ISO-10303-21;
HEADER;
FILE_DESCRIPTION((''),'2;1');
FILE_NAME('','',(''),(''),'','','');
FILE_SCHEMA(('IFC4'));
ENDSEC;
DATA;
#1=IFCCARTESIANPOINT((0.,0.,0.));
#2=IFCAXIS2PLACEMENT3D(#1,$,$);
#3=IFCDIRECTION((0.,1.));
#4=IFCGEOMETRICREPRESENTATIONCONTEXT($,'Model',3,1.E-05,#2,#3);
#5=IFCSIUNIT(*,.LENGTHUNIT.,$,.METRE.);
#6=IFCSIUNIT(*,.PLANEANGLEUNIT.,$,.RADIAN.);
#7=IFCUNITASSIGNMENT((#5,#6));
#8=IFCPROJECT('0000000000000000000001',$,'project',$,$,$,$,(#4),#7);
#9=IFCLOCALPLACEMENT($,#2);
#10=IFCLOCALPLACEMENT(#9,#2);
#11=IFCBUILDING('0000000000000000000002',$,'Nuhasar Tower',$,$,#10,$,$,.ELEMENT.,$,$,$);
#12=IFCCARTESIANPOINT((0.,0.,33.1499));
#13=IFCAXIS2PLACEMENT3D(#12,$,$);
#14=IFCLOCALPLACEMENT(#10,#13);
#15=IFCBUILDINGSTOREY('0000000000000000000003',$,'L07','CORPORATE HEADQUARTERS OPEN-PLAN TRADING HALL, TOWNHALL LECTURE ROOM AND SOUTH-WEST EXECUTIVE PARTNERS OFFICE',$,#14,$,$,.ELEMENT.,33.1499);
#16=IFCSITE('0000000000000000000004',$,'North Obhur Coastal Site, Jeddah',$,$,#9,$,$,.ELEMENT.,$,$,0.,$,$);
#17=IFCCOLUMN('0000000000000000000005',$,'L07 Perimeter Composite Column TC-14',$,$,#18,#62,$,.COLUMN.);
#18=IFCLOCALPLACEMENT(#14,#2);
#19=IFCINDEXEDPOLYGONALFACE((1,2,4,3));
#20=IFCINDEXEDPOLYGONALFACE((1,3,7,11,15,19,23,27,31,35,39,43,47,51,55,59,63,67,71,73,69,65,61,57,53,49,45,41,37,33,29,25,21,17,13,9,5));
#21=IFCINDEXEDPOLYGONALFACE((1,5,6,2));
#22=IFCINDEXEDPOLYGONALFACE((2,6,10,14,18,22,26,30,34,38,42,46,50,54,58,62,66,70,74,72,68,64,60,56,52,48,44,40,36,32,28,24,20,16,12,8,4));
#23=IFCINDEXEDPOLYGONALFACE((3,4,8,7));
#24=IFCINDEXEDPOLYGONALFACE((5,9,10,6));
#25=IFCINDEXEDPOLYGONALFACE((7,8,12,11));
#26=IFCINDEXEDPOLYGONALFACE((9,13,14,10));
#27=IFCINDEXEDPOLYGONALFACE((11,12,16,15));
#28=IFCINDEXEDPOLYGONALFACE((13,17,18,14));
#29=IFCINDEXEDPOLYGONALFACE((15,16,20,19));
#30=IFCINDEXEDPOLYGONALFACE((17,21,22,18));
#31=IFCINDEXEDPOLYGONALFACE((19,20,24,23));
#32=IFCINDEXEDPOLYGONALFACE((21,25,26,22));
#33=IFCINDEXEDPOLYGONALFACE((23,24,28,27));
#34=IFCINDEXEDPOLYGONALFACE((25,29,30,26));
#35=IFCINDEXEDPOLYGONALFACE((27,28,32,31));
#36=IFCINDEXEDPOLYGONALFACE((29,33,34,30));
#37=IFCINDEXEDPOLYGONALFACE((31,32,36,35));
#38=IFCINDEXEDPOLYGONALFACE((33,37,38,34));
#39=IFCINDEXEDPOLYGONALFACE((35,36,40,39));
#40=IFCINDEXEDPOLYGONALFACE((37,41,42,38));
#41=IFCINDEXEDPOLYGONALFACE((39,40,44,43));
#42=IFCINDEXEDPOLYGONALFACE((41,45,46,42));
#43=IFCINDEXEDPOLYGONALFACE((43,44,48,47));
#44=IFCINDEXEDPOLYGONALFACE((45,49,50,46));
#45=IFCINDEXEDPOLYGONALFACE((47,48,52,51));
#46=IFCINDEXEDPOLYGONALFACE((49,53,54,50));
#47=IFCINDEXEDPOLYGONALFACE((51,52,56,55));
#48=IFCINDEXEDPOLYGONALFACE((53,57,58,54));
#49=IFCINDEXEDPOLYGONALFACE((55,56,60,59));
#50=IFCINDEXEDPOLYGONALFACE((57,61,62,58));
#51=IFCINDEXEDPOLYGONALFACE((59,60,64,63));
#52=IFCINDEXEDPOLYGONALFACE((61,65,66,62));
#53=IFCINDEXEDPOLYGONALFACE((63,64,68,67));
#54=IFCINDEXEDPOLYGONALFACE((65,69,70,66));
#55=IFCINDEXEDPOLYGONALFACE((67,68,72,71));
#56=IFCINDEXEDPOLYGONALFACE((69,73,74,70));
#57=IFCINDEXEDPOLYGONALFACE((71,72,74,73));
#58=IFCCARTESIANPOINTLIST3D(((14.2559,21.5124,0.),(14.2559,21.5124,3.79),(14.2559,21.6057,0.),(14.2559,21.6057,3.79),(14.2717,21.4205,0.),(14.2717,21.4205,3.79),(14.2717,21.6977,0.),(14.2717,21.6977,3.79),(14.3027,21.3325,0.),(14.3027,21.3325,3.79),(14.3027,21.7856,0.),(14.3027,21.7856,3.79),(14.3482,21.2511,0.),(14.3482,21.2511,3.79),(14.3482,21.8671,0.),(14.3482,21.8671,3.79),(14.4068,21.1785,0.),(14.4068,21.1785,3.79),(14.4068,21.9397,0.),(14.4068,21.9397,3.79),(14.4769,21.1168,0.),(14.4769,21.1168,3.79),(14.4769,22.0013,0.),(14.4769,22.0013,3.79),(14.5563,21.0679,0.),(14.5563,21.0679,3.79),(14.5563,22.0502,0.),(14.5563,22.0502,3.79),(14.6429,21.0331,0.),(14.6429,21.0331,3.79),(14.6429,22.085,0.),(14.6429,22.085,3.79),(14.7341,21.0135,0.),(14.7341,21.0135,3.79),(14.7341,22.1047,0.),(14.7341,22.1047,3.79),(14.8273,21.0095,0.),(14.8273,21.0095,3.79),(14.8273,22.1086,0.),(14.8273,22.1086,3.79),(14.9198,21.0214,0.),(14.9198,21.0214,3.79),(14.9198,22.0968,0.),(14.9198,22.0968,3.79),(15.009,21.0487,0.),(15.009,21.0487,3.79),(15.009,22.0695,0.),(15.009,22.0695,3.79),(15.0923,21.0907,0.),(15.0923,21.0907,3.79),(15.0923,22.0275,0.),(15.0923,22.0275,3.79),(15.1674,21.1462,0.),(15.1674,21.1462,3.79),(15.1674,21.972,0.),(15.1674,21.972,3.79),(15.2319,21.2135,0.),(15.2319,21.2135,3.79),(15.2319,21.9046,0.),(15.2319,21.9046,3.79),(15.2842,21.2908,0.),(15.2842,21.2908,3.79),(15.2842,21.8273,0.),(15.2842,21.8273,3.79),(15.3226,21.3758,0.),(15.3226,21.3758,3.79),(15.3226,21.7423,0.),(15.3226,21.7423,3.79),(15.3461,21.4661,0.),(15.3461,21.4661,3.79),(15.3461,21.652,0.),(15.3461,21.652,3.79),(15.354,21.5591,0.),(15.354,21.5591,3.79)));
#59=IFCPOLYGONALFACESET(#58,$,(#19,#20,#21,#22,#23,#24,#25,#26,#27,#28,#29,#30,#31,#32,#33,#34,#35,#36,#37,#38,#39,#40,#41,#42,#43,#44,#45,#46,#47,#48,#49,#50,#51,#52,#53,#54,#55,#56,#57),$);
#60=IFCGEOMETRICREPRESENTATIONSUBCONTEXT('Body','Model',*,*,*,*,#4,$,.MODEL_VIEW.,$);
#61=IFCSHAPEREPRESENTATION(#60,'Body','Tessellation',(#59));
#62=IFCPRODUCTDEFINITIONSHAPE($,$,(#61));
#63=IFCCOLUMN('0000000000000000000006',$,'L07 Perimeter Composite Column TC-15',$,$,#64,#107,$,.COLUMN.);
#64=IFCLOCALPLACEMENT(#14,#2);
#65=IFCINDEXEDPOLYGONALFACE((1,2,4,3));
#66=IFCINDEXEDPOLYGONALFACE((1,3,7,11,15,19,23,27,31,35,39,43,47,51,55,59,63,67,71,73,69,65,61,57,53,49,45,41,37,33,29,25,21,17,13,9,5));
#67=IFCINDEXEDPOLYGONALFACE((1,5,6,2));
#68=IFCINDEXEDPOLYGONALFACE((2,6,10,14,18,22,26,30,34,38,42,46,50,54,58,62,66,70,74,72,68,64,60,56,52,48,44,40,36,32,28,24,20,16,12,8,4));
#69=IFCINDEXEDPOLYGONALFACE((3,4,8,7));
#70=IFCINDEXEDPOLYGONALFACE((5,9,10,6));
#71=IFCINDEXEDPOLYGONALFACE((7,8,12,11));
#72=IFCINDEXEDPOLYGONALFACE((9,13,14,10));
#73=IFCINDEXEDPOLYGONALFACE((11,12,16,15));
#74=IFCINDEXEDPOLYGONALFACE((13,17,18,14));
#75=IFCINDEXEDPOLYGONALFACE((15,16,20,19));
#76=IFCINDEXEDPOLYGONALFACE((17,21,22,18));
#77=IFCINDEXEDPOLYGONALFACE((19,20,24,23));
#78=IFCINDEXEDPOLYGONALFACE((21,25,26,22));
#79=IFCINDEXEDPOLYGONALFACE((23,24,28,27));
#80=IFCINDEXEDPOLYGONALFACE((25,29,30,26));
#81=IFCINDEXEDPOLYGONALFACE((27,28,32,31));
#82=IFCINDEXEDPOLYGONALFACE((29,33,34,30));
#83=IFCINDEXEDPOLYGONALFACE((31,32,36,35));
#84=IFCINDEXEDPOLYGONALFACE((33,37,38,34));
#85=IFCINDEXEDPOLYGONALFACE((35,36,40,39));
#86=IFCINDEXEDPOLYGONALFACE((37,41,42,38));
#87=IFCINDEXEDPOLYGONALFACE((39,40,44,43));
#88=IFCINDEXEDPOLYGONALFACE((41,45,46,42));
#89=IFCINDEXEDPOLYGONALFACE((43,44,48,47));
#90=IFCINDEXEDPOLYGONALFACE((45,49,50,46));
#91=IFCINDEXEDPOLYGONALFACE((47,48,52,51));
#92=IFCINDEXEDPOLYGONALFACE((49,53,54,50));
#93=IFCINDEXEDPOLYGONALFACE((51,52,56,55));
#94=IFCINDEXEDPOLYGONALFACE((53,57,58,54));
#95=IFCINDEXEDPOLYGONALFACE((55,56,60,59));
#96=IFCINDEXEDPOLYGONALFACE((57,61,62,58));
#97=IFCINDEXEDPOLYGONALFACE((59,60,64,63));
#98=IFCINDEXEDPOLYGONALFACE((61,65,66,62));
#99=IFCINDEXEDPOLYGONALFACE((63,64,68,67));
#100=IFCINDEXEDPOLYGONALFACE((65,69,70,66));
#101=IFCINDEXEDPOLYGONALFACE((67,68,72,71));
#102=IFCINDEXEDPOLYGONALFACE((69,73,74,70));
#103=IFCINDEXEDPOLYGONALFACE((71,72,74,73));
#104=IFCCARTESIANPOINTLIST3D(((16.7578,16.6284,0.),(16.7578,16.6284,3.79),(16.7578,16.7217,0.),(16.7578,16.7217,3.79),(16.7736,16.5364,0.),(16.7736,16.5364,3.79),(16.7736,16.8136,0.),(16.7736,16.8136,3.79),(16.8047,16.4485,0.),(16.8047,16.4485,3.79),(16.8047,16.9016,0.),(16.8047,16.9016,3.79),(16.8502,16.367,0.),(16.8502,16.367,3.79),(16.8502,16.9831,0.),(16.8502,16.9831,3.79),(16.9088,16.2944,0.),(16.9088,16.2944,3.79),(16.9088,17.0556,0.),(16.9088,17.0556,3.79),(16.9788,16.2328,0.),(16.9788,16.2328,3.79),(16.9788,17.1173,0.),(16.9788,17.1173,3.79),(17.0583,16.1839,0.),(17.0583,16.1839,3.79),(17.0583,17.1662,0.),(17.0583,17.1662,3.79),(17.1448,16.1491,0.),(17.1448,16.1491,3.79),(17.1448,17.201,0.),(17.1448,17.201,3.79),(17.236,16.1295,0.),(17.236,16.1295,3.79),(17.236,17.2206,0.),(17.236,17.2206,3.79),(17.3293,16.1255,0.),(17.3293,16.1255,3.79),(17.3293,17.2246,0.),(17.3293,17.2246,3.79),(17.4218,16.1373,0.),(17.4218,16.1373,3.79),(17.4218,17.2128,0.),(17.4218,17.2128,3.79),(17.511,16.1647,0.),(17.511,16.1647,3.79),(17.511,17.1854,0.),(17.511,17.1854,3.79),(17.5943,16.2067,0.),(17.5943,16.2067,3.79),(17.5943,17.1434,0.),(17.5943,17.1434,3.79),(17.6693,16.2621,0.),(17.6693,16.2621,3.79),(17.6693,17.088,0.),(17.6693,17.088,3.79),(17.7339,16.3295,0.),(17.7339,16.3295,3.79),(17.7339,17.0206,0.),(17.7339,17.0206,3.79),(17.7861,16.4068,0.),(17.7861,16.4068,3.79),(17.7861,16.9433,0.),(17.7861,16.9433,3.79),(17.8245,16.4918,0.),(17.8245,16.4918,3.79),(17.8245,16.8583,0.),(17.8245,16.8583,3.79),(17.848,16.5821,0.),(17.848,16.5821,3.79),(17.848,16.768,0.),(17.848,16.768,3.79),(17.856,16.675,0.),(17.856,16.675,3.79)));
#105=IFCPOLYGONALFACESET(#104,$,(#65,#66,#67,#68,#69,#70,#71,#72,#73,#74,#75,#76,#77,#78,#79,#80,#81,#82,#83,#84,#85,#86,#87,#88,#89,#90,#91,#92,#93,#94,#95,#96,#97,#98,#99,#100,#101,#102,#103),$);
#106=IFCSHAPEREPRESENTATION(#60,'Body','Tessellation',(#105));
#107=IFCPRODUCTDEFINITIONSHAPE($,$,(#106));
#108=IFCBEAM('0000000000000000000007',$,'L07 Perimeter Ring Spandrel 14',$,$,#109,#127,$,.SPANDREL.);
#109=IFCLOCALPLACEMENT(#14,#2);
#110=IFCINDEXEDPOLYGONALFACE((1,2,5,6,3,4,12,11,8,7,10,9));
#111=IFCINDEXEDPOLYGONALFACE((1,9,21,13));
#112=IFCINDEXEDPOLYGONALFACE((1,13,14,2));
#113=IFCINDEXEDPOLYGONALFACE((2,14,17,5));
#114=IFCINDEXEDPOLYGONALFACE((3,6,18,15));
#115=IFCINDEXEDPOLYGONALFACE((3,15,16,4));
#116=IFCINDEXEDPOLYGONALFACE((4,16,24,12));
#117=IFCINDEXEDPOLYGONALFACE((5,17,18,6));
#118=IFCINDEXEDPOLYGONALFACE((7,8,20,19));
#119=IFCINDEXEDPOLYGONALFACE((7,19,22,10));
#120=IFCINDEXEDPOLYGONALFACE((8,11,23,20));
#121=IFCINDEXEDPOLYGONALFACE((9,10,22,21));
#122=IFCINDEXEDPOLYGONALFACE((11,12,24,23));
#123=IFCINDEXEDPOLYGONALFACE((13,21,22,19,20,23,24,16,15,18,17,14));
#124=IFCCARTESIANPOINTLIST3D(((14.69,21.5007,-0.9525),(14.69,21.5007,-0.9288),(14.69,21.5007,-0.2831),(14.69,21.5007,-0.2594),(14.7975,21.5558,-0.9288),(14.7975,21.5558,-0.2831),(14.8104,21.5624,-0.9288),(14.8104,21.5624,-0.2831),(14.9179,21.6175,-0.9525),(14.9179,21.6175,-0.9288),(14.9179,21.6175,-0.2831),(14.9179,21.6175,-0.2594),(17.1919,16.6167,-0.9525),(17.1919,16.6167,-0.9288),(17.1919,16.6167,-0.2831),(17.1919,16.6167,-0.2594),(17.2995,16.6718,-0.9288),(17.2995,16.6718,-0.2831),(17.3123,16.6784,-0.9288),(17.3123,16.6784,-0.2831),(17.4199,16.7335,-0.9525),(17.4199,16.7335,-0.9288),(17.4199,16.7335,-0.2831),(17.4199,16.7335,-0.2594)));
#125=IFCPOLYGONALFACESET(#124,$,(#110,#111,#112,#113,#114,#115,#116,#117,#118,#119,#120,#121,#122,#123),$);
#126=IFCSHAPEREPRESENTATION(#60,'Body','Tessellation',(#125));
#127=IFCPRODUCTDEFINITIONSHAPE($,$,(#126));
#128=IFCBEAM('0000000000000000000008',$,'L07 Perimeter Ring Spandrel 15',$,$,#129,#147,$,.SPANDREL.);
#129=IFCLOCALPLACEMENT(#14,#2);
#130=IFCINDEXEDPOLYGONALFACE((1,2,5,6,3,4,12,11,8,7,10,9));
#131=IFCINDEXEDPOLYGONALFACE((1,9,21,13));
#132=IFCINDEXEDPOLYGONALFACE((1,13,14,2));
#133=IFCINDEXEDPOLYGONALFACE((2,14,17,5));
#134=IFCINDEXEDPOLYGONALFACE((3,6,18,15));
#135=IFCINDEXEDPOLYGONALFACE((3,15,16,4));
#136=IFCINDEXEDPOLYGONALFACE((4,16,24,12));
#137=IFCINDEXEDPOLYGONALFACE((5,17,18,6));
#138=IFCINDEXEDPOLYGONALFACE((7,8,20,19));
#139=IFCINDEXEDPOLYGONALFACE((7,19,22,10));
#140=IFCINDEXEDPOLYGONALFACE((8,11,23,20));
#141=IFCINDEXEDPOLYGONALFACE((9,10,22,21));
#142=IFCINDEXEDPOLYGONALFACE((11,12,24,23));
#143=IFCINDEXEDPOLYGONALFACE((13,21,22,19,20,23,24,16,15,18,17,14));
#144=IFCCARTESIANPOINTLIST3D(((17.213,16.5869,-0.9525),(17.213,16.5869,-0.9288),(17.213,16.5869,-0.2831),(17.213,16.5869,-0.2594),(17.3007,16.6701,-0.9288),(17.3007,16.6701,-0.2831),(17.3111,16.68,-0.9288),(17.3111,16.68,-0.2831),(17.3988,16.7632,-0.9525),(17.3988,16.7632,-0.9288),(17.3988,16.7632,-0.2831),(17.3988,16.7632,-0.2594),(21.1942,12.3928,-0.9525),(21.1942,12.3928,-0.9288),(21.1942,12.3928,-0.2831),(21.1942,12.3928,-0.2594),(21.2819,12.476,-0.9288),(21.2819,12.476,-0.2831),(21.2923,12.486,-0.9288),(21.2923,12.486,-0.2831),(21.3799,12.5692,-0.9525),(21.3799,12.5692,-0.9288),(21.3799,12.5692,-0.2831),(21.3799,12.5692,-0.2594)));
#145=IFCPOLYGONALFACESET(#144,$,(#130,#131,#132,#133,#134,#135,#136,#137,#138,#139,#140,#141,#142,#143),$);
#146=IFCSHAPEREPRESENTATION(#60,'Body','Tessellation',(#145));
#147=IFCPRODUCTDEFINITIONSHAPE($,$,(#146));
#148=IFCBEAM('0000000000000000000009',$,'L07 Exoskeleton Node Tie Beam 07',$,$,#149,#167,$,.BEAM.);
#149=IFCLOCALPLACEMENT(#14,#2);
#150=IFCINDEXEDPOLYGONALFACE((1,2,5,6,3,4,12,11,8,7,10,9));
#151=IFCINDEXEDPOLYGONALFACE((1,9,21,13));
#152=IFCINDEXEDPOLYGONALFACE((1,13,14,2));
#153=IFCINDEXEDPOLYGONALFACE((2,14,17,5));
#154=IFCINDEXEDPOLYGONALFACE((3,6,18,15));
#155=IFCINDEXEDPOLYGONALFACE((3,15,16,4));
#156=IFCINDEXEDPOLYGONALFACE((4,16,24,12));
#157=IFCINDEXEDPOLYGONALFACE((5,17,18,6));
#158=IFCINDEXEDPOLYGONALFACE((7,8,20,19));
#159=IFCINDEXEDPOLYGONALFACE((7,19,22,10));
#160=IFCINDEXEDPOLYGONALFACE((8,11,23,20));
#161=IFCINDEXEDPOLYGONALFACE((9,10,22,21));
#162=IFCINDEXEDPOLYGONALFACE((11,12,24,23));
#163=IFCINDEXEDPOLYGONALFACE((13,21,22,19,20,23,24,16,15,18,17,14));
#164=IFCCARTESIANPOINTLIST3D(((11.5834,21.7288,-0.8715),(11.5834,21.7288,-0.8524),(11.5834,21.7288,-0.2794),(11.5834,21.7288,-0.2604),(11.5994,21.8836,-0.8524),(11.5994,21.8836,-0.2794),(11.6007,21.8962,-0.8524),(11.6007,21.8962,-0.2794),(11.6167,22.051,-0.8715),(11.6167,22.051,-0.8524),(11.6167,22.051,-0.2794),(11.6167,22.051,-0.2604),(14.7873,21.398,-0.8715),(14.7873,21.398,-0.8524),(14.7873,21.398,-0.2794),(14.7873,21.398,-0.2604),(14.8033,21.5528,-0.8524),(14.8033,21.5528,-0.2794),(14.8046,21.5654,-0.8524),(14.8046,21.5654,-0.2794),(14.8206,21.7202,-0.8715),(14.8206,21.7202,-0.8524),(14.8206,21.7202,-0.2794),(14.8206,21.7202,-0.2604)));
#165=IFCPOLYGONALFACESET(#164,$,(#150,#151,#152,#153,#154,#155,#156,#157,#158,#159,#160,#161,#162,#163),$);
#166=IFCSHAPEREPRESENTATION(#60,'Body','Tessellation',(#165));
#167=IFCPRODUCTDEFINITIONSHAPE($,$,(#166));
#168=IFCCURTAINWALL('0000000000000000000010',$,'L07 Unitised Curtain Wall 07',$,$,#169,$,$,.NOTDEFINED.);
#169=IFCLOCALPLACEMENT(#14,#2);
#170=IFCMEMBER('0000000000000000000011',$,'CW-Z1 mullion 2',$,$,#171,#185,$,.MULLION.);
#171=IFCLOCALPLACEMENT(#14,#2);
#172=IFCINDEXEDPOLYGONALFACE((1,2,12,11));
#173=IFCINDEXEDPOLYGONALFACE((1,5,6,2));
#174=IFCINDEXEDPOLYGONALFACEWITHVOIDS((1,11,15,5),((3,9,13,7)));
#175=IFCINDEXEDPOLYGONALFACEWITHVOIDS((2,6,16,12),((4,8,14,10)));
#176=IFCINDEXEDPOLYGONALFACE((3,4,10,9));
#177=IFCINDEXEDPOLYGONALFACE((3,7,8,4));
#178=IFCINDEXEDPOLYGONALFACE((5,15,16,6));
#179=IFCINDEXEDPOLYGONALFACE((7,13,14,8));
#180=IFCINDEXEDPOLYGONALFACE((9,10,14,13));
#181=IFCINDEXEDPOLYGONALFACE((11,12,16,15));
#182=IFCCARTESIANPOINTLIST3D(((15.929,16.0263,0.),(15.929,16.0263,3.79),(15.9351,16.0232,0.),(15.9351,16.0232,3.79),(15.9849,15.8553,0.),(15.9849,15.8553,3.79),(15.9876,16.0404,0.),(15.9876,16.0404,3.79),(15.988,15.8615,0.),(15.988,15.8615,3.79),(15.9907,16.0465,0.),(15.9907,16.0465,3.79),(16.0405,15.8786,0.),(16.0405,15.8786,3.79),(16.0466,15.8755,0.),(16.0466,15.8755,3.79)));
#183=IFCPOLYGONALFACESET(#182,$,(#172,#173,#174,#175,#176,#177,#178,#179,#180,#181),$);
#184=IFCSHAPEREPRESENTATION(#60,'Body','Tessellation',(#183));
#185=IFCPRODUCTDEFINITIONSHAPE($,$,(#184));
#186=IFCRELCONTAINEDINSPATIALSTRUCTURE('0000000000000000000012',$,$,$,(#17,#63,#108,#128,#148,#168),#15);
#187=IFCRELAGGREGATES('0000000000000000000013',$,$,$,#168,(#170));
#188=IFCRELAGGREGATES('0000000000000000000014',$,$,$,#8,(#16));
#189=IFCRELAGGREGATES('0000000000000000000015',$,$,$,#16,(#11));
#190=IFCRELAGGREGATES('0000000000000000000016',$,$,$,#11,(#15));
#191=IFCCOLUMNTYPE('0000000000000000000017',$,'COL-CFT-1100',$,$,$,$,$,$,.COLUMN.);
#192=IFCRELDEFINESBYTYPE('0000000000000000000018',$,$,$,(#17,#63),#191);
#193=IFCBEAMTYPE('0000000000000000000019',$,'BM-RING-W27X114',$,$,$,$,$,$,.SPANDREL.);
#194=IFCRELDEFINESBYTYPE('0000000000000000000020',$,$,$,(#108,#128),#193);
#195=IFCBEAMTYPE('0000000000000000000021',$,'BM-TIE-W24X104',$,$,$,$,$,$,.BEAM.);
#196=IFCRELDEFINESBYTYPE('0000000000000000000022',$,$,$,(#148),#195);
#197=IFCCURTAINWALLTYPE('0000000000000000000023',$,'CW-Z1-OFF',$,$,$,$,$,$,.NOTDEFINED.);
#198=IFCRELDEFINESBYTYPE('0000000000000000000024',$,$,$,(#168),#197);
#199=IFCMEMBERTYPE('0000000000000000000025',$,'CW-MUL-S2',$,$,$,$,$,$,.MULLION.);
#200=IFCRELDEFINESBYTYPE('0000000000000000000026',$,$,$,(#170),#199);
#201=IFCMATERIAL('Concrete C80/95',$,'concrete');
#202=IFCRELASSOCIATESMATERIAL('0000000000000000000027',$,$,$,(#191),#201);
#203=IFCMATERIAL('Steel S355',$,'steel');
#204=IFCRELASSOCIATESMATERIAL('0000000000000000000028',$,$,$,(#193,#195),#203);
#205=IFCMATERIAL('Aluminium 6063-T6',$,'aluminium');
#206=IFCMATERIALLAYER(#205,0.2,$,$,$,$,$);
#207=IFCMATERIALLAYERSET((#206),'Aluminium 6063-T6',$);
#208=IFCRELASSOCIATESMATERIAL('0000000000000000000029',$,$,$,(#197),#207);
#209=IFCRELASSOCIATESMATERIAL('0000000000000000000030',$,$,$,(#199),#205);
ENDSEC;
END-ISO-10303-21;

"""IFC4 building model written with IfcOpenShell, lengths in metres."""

from ifc_helpers import new_model, si_unit, direction, frame, origin, origin_2d, place, context, subcontext, project, spatial, hollow_rectangle, circle, i_section, extrude, material, layer, layer_set, material_profile, profile_set, type_object, element, aggregate, save


model = new_model("IFC4")

# Units and contexts
model_context = context("Model", 3, precision=1e-05, world=origin(), true_north=direction((0.0, 1.0)))
body_context = subcontext(model_context, "Body", "Model", "MODEL_VIEW")
ifc_project = project(units=[si_unit("LENGTHUNIT", "METRE"), si_unit("PLANEANGLEUNIT", "RADIAN")], contexts=[model_context])

# Site, building, storey
site_placement = place(None, origin())
site = spatial("IfcSite", under=ifc_project, at=site_placement, Name="North Obhur Coastal Site, Jeddah", CompositionType="ELEMENT", RefElevation=0.0)
building_placement = place(site_placement, origin())
building = spatial("IfcBuilding", under=site, at=building_placement, Name="Nuhasar Tower", CompositionType="ELEMENT")
storey_placement = place(building_placement, frame((0.0, 0.0, 33.1499)))
storey = spatial("IfcBuildingStorey", under=building, at=storey_placement, Name="L07", Description="CORPORATE HEADQUARTERS OPEN-PLAN TRADING HALL, TOWNHALL LECTURE ROOM AND SOUTH-WEST EXECUTIVE PARTNERS OFFICE", CompositionType="ELEMENT", Elevation=33.1499)

# Columns
ifc_material_1 = material(Name="Concrete C80/95", Category="concrete")
ifc_material_profile_1 = material_profile(ifc_material_1, circle(Radius=0.55, at=origin_2d()), Name="CFT1100")
ifc_profile_set_1 = profile_set([ifc_material_profile_1], Name="Concrete C80/95")
column_type = type_object("IfcColumnType", Name="COL-CFT-1100", PredefinedType="COLUMN", material=ifc_profile_set_1)
for number, where, z_axis, x_axis, name in (
    (1, (14.804, 21.5591, 0.0), (0.0, 0.0, 1.0), (1.0, 0.0, 0.0), "L07 Perimeter Composite Column TC-14"),
    (2, (17.3059, 16.675, 0.0), (0.0, 0.0, 1.0), (1.0, 0.0, 0.0), "L07 Perimeter Composite Column TC-15"),
):
    element("IfcColumn", number, at=place(storey_placement, frame(where, z_axis=z_axis, x_axis=x_axis)), inside=storey, type_object=column_type, Name=name, PredefinedType="COLUMN", context=body_context, shape_type="SweptSolid", body=[
        extrude(circle(Radius=0.55, at=origin_2d()), origin(), (0.0, 0.0, 1.0), 3.79),
    ])

# Beams
ifc_material_2 = material(Name="Steel S355", Category="steel")
ifc_material_profile_2 = material_profile(ifc_material_2, i_section(OverallWidth=0.2561, OverallDepth=0.6931, WebThickness=0.0144, FlangeThickness=0.0237, at=origin_2d()), Name="W27X114")
ifc_profile_set_2 = profile_set([ifc_material_profile_2], Name="Steel S355")
beam_type_1 = type_object("IfcBeamType", Name="BM-RING-W27X114", PredefinedType="SPANDREL", material=ifc_profile_set_2)
beam_1_placement = place(storey_placement, frame((14.804, 21.5591, -0.606), z_axis=(0.45593, -0.890016, 0.0), x_axis=(0.890016, 0.45593, 0.0)))
element("IfcBeam", 3, at=beam_1_placement, inside=storey, type_object=beam_type_1, Name="L07 Perimeter Ring Spandrel 14", PredefinedType="SPANDREL", context=body_context, shape_type="SweptSolid", body=[
    extrude(i_section(OverallWidth=0.2561, OverallDepth=0.6931, WebThickness=0.0144, FlangeThickness=0.0237, at=origin_2d()), origin(), (0.0, 0.0, 1.0), 5.4875),
])
beam_2_placement = place(storey_placement, frame((17.3059, 16.675, -0.606), z_axis=(0.68846, -0.725274, 0.0), x_axis=(0.725274, 0.68846, 0.0)))
element("IfcBeam", 4, at=beam_2_placement, inside=storey, type_object=beam_type_1, Name="L07 Perimeter Ring Spandrel 15", PredefinedType="SPANDREL", context=body_context, shape_type="SweptSolid", body=[
    extrude(i_section(OverallWidth=0.2561, OverallDepth=0.6931, WebThickness=0.0144, FlangeThickness=0.0237, at=origin_2d()), origin(), (0.0, 0.0, 1.0), 5.7827),
])
ifc_material_profile_3 = material_profile(ifc_material_2, i_section(OverallWidth=0.324, OverallDepth=0.6111, WebThickness=0.0127, FlangeThickness=0.019, at=origin_2d()), Name="W24X104")
ifc_profile_set_3 = profile_set([ifc_material_profile_3], Name="Steel S355")
beam_type_2 = type_object("IfcBeamType", Name="BM-TIE-W24X104", PredefinedType="BEAM", material=ifc_profile_set_3)
beam_3_placement = place(storey_placement, frame((14.804, 21.5591, -0.5659), z_axis=(-0.994712, 0.102708, 0.0), x_axis=(-0.102708, -0.994712, 0.0)))
element("IfcBeam", 5, at=beam_3_placement, inside=storey, type_object=beam_type_2, Name="L07 Exoskeleton Node Tie Beam 07", PredefinedType="BEAM", context=body_context, shape_type="SweptSolid", body=[
    extrude(i_section(OverallWidth=0.324, OverallDepth=0.6111, WebThickness=0.0127, FlangeThickness=0.019, at=origin_2d()), origin(), (0.0, 0.0, 1.0), 3.2209),
])

# Curtain wall, member
ifc_material_3 = material(Name="Aluminium 6063-T6", Category="aluminium")
ifc_layer_1 = layer(ifc_material_3, 0.2)
ifc_layer_set_1 = layer_set([ifc_layer_1], Name="Aluminium 6063-T6")
curtain_wall_type = type_object("IfcCurtainWallType", Name="CW-Z1-OFF", PredefinedType="NOTDEFINED", material=ifc_layer_set_1)
curtain_wall_1_placement = place(storey_placement, origin())
curtain_wall_1 = element("IfcCurtainWall", 6, at=curtain_wall_1_placement, inside=storey, type_object=curtain_wall_type, Name="L07 Unitised Curtain Wall 07", PredefinedType="NOTDEFINED")
ifc_material_profile_4 = material_profile(ifc_material_3, hollow_rectangle(XDim=0.0649, YDim=0.1799, WallThickness=0.0049, at=origin_2d()), Name="CWM-2")
ifc_profile_set_4 = profile_set([ifc_material_profile_4], Name="Aluminium 6063-T6")
member_type_1 = type_object("IfcMemberType", Name="CW-MUL-S2", PredefinedType="MULLION", material=ifc_profile_set_4)
member_1_placement = place(storey_placement, frame((15.9878, 15.9509, 0.0), z_axis=(0.0, 0.0, 1.0), x_axis=(0.950468, 0.310824, 0.0)))
member_1 = element("IfcMember", 7, at=member_1_placement, type_object=member_type_1, Name="CW-Z1 mullion 2", PredefinedType="MULLION", context=body_context, shape_type="SweptSolid", body=[
    extrude(hollow_rectangle(XDim=0.0649, YDim=0.1799, WallThickness=0.0049, at=origin_2d()), origin(), (0.0, 0.0, 1.0), 3.79),
])

aggregate(curtain_wall_1, [member_1])

save(model, "model.ifc")
